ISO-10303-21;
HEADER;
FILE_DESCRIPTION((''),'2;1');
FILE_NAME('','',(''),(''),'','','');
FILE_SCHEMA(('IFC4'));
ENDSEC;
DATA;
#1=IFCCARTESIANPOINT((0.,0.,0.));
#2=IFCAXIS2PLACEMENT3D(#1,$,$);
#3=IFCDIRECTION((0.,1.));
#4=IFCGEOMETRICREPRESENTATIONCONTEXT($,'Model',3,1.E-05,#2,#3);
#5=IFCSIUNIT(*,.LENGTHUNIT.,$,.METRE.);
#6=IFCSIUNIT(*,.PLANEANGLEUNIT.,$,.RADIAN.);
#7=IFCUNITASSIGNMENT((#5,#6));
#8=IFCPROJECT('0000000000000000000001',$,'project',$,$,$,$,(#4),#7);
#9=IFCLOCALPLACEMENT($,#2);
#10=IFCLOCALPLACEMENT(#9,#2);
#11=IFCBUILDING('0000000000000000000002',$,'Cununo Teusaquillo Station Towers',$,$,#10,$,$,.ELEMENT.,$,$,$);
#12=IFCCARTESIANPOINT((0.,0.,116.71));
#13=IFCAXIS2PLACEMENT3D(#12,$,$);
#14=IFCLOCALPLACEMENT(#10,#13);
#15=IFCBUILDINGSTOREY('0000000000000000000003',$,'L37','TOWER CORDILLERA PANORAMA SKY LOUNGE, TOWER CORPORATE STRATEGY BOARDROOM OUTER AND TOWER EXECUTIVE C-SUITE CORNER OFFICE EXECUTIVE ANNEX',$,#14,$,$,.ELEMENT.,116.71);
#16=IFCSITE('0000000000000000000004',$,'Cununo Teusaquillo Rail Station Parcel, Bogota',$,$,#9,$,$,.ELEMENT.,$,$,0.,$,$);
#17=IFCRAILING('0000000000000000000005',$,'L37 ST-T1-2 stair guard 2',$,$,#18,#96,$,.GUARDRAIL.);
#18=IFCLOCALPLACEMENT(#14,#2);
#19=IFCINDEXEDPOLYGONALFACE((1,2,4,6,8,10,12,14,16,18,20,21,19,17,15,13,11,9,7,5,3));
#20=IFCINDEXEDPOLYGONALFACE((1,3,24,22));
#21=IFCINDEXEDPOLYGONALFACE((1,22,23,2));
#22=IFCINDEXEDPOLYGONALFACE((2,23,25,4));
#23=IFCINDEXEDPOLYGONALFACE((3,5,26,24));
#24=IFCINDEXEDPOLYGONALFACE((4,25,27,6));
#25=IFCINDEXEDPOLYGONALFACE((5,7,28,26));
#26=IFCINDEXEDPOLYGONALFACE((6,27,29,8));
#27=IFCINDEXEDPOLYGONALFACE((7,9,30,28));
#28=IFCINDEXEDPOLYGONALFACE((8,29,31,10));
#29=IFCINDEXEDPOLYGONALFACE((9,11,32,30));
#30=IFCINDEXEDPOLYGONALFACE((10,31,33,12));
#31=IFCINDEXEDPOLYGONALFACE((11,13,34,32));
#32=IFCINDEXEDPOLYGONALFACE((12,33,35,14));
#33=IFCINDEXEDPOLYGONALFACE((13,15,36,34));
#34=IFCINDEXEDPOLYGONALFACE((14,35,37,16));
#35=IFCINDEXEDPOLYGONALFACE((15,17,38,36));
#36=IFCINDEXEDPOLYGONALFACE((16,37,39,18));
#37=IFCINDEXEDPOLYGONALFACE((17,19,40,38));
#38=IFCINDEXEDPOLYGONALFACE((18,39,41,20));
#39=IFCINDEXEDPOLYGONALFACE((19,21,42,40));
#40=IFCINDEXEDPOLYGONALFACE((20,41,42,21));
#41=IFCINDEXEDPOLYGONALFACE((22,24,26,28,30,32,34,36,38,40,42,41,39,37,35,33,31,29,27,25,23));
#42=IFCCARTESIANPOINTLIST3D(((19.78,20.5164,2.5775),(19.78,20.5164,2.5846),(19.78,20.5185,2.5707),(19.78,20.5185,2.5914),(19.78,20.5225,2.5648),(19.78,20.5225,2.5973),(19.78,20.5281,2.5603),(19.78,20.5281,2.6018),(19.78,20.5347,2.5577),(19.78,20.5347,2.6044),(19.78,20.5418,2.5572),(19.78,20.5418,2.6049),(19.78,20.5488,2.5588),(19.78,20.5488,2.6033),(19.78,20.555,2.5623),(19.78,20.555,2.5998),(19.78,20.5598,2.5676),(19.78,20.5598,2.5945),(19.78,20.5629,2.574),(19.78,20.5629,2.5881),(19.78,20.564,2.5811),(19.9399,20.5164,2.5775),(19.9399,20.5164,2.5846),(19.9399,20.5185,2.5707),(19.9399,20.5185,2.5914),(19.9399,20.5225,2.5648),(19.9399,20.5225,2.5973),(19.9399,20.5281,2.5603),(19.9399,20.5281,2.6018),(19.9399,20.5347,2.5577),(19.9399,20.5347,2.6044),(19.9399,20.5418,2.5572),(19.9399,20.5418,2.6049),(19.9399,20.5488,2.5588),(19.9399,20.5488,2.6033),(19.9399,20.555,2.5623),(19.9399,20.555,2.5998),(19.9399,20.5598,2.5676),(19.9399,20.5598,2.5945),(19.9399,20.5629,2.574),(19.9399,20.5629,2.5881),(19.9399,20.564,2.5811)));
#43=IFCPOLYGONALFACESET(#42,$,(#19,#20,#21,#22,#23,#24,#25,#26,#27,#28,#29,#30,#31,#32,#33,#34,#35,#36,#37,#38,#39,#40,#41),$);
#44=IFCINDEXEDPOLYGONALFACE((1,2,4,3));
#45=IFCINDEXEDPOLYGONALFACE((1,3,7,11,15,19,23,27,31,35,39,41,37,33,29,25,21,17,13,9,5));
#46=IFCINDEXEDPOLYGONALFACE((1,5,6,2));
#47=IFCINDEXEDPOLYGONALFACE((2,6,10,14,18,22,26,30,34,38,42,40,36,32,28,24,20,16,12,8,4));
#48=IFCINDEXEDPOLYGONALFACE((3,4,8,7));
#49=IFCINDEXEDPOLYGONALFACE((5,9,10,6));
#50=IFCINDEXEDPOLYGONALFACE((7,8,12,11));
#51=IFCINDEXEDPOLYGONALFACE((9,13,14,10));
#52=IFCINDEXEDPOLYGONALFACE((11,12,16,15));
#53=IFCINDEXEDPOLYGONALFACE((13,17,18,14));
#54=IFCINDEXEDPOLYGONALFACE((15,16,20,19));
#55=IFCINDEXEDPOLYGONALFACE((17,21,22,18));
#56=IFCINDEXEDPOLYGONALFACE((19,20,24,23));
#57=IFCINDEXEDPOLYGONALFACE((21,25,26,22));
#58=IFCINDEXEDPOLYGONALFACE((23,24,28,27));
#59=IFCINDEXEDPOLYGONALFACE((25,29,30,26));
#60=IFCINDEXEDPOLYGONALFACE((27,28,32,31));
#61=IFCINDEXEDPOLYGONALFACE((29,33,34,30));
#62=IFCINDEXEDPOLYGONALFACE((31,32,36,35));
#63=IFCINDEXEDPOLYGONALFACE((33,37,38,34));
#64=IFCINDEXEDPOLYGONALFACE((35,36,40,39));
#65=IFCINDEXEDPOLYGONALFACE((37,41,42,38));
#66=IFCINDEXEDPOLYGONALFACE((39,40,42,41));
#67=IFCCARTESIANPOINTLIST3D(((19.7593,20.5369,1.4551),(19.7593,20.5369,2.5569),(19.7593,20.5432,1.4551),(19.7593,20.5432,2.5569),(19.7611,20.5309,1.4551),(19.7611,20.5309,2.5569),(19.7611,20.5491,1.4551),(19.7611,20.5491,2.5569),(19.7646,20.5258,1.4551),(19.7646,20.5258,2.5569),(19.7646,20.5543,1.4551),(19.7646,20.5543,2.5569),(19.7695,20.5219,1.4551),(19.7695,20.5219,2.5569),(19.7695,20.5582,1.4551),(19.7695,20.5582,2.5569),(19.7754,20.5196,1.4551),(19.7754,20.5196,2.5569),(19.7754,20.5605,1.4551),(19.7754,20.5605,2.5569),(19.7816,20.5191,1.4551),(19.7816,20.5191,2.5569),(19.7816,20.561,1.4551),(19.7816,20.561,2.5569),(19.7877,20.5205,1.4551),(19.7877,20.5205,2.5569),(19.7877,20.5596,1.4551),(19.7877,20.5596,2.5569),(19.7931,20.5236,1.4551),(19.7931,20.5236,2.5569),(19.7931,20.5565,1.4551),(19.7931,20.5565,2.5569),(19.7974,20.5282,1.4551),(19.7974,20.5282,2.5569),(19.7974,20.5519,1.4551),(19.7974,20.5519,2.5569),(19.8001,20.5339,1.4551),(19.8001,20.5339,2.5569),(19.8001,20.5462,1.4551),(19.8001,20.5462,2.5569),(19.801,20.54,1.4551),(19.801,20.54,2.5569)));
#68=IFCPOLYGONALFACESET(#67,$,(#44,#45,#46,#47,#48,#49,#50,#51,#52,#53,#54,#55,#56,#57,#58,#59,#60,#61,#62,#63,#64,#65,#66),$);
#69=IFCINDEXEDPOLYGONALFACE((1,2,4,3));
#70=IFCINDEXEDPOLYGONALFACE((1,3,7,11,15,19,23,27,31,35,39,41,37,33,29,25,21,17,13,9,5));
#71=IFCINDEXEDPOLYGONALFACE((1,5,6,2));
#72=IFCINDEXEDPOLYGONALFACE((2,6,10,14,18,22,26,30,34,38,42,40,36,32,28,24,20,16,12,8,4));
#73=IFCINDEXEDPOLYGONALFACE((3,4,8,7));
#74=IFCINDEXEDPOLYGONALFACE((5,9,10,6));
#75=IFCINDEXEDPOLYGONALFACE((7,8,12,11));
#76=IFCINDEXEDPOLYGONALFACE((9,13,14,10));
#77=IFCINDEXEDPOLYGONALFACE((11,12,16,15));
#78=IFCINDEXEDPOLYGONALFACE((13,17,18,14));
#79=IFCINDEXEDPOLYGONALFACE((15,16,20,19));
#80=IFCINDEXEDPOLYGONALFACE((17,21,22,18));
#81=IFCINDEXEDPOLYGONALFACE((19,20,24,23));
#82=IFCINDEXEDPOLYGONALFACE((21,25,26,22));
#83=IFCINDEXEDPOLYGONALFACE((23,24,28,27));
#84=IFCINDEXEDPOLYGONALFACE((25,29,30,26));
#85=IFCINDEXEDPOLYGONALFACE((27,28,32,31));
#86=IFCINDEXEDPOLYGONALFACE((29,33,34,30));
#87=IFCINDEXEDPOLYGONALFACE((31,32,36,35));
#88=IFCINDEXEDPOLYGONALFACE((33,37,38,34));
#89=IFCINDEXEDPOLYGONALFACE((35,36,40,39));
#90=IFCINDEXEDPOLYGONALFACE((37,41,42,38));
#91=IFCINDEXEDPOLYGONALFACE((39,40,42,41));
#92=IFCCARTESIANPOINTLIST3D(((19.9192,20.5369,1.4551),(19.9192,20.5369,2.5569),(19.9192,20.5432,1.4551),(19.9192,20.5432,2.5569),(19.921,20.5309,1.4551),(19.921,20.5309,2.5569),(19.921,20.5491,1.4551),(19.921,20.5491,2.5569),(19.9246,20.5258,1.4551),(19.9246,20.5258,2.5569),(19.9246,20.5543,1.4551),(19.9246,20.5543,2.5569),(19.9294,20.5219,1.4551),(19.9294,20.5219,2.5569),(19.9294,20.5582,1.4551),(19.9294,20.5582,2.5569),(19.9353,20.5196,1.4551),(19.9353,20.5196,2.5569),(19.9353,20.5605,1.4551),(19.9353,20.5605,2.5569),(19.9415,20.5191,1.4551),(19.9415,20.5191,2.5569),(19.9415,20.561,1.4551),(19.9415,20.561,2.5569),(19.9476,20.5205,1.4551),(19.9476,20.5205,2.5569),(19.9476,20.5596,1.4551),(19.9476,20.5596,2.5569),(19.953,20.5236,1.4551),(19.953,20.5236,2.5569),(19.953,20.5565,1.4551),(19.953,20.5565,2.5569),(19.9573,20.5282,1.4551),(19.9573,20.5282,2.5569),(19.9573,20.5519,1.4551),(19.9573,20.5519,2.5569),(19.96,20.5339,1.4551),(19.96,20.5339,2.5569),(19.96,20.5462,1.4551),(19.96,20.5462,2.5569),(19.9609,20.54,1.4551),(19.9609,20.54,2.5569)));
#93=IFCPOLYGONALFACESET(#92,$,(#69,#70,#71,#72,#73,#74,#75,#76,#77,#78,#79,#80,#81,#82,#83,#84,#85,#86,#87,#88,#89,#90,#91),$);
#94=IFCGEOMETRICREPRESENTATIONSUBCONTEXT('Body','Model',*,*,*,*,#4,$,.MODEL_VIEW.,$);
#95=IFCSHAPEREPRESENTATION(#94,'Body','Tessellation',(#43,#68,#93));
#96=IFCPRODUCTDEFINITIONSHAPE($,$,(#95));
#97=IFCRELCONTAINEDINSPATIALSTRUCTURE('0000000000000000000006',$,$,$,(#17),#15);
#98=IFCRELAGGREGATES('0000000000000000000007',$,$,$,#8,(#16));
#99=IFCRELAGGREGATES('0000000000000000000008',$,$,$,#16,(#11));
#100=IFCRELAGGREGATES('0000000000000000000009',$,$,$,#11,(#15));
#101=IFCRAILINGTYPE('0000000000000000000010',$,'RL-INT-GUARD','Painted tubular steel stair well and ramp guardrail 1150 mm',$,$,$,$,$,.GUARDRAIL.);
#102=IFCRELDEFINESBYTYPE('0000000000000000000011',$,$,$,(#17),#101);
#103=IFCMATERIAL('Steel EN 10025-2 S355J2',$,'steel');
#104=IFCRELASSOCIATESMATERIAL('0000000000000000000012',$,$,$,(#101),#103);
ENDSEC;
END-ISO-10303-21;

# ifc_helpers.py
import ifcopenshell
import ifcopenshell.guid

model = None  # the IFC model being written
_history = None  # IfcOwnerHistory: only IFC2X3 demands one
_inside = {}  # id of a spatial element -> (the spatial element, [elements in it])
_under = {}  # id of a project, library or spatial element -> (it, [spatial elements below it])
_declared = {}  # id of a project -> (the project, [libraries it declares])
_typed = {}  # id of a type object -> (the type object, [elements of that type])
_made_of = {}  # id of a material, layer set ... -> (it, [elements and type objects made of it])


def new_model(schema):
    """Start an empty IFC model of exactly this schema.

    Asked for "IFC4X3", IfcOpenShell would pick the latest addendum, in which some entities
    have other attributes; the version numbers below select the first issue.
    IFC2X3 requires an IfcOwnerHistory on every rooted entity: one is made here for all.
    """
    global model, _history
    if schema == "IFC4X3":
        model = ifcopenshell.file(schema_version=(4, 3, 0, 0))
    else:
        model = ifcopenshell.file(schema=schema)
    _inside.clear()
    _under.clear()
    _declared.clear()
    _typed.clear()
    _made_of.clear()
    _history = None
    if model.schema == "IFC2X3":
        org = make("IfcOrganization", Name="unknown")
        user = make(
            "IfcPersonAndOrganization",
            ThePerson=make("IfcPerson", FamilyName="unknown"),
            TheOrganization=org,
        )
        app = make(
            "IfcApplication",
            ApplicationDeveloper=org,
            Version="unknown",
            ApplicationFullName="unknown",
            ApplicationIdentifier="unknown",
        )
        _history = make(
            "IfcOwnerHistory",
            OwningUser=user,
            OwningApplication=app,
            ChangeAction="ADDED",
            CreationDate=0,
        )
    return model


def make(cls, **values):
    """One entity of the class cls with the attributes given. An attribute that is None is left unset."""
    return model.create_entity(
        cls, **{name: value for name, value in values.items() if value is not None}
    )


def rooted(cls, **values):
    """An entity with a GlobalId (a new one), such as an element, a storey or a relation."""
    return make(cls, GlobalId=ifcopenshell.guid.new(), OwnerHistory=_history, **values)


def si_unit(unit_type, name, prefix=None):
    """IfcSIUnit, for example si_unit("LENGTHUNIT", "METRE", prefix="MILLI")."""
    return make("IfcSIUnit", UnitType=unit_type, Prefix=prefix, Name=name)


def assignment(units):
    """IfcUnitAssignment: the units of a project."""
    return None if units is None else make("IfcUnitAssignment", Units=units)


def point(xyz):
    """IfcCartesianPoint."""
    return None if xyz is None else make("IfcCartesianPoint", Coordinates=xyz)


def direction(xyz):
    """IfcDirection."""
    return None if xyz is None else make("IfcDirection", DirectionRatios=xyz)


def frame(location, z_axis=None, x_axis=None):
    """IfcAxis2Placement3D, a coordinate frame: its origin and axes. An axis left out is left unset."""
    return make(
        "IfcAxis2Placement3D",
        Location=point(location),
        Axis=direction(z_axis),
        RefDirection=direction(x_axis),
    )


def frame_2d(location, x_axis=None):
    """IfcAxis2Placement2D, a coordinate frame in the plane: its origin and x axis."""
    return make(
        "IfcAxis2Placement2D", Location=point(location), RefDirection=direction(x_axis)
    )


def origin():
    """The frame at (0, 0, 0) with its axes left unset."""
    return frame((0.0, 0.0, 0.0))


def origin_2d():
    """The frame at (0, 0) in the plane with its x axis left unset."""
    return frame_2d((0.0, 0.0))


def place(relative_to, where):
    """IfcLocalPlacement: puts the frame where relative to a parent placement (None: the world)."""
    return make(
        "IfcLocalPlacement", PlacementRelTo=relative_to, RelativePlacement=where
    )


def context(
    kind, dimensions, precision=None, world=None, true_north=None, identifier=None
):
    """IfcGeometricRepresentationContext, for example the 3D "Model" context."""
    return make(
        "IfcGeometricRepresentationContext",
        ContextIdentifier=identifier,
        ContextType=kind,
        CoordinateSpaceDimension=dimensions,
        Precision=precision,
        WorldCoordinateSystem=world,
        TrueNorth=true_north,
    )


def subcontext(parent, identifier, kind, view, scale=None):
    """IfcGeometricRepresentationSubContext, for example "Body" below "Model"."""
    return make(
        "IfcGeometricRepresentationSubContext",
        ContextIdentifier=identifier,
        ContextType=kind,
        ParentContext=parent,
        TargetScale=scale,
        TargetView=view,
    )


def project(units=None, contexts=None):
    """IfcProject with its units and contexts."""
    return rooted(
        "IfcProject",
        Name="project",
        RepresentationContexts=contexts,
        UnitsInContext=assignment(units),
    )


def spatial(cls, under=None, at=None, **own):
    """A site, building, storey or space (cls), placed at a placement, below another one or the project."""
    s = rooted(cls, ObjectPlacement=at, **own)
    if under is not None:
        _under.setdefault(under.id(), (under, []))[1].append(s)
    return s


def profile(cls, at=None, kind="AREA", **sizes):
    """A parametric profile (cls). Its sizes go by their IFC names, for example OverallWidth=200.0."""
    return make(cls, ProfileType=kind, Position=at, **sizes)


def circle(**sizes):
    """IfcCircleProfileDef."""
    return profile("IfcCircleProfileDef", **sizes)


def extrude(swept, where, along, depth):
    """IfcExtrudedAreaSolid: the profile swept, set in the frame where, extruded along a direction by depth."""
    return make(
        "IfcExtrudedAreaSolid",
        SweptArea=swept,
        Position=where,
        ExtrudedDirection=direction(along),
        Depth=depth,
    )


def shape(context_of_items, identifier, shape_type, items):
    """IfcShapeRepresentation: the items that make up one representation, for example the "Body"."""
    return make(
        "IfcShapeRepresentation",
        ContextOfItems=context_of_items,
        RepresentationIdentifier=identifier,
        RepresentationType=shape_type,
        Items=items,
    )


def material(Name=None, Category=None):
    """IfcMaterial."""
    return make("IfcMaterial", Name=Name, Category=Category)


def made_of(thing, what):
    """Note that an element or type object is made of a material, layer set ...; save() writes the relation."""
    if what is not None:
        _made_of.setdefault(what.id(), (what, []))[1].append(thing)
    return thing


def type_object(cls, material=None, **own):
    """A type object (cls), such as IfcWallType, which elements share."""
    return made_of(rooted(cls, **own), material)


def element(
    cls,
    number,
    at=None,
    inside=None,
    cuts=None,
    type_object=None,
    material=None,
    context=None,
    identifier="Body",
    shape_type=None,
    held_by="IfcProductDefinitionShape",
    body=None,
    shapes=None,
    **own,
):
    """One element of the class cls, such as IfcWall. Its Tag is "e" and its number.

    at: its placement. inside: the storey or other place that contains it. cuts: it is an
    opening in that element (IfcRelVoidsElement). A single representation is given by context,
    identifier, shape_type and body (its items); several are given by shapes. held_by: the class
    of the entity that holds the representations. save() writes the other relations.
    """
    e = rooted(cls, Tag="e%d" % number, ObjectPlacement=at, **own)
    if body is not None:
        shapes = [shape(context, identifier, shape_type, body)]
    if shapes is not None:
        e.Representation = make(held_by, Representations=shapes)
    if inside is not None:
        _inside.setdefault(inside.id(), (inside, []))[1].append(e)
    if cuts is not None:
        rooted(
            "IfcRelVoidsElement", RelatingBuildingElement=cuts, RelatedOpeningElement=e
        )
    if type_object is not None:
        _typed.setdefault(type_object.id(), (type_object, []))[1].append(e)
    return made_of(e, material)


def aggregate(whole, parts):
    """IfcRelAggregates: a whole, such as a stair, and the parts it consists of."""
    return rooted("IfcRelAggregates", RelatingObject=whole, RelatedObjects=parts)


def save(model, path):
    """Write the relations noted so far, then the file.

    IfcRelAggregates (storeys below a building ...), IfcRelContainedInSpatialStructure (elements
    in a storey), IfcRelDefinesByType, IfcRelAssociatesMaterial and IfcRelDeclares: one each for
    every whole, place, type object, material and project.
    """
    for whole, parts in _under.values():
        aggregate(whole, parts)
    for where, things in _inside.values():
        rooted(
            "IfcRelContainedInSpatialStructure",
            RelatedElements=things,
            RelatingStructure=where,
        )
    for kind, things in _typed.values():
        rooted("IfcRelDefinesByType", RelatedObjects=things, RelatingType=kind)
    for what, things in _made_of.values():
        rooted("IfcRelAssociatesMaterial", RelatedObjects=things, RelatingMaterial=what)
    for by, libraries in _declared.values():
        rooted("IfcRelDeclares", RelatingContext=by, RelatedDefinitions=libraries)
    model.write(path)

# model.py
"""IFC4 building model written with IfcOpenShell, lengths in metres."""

from ifc_helpers import new_model, si_unit, direction, frame, origin, origin_2d, place, context, subcontext, project, spatial, circle, extrude, material, type_object, element, save


model = new_model("IFC4")

# Units and contexts
model_context = context("Model", 3, precision=1e-05, world=origin(), true_north=direction((0.0, 1.0)))
body_context = subcontext(model_context, "Body", "Model", "MODEL_VIEW")
ifc_project = project(units=[si_unit("LENGTHUNIT", "METRE"), si_unit("PLANEANGLEUNIT", "RADIAN")], contexts=[model_context])

# Site, building, storey
site_placement = place(None, origin())
site = spatial("IfcSite", under=ifc_project, at=site_placement, Name="Cununo Teusaquillo Rail Station Parcel, Bogota", CompositionType="ELEMENT", RefElevation=0.0)
building_placement = place(site_placement, origin())
building = spatial("IfcBuilding", under=site, at=building_placement, Name="Cununo Teusaquillo Station Towers", CompositionType="ELEMENT")
storey_placement = place(building_placement, frame((0.0, 0.0, 116.71)))
storey = spatial("IfcBuildingStorey", under=building, at=storey_placement, Name="L37", Description="TOWER CORDILLERA PANORAMA SKY LOUNGE, TOWER CORPORATE STRATEGY BOARDROOM OUTER AND TOWER EXECUTIVE C-SUITE CORNER OFFICE EXECUTIVE ANNEX", CompositionType="ELEMENT", Elevation=116.71)

# Railing
ifc_material_1 = material(Name="Steel EN 10025-2 S355J2", Category="steel")
railing_type_1 = type_object("IfcRailingType", Name="RL-INT-GUARD", Description="Painted tubular steel stair well and ramp guardrail 1150 mm", PredefinedType="GUARDRAIL", material=ifc_material_1)
railing_1_placement = place(storey_placement, frame((19.78, 20.54, 1.4551)))
element("IfcRailing", 1, at=railing_1_placement, inside=storey, type_object=railing_type_1, Name="L37 ST-T1-2 stair guard 2", PredefinedType="GUARDRAIL", context=body_context, shape_type="SweptSolid", body=[
    extrude(circle(Radius=0.0239, at=origin_2d()), frame((0.0, 0.0, 1.126), z_axis=(1.0, 0.0, 0.0), x_axis=(0.0, 1.0, 0.0)), (0.0, 0.0, 1.0), 0.1599),
    extrude(circle(Radius=0.021, at=origin_2d()), origin(), (0.0, 0.0, 1.0), 1.1018),
    extrude(circle(Radius=0.021, at=origin_2d()), frame((0.1599, 0.0, 0.0)), (0.0, 0.0, 1.0), 1.1018),
])

save(model, "model.ifc")
